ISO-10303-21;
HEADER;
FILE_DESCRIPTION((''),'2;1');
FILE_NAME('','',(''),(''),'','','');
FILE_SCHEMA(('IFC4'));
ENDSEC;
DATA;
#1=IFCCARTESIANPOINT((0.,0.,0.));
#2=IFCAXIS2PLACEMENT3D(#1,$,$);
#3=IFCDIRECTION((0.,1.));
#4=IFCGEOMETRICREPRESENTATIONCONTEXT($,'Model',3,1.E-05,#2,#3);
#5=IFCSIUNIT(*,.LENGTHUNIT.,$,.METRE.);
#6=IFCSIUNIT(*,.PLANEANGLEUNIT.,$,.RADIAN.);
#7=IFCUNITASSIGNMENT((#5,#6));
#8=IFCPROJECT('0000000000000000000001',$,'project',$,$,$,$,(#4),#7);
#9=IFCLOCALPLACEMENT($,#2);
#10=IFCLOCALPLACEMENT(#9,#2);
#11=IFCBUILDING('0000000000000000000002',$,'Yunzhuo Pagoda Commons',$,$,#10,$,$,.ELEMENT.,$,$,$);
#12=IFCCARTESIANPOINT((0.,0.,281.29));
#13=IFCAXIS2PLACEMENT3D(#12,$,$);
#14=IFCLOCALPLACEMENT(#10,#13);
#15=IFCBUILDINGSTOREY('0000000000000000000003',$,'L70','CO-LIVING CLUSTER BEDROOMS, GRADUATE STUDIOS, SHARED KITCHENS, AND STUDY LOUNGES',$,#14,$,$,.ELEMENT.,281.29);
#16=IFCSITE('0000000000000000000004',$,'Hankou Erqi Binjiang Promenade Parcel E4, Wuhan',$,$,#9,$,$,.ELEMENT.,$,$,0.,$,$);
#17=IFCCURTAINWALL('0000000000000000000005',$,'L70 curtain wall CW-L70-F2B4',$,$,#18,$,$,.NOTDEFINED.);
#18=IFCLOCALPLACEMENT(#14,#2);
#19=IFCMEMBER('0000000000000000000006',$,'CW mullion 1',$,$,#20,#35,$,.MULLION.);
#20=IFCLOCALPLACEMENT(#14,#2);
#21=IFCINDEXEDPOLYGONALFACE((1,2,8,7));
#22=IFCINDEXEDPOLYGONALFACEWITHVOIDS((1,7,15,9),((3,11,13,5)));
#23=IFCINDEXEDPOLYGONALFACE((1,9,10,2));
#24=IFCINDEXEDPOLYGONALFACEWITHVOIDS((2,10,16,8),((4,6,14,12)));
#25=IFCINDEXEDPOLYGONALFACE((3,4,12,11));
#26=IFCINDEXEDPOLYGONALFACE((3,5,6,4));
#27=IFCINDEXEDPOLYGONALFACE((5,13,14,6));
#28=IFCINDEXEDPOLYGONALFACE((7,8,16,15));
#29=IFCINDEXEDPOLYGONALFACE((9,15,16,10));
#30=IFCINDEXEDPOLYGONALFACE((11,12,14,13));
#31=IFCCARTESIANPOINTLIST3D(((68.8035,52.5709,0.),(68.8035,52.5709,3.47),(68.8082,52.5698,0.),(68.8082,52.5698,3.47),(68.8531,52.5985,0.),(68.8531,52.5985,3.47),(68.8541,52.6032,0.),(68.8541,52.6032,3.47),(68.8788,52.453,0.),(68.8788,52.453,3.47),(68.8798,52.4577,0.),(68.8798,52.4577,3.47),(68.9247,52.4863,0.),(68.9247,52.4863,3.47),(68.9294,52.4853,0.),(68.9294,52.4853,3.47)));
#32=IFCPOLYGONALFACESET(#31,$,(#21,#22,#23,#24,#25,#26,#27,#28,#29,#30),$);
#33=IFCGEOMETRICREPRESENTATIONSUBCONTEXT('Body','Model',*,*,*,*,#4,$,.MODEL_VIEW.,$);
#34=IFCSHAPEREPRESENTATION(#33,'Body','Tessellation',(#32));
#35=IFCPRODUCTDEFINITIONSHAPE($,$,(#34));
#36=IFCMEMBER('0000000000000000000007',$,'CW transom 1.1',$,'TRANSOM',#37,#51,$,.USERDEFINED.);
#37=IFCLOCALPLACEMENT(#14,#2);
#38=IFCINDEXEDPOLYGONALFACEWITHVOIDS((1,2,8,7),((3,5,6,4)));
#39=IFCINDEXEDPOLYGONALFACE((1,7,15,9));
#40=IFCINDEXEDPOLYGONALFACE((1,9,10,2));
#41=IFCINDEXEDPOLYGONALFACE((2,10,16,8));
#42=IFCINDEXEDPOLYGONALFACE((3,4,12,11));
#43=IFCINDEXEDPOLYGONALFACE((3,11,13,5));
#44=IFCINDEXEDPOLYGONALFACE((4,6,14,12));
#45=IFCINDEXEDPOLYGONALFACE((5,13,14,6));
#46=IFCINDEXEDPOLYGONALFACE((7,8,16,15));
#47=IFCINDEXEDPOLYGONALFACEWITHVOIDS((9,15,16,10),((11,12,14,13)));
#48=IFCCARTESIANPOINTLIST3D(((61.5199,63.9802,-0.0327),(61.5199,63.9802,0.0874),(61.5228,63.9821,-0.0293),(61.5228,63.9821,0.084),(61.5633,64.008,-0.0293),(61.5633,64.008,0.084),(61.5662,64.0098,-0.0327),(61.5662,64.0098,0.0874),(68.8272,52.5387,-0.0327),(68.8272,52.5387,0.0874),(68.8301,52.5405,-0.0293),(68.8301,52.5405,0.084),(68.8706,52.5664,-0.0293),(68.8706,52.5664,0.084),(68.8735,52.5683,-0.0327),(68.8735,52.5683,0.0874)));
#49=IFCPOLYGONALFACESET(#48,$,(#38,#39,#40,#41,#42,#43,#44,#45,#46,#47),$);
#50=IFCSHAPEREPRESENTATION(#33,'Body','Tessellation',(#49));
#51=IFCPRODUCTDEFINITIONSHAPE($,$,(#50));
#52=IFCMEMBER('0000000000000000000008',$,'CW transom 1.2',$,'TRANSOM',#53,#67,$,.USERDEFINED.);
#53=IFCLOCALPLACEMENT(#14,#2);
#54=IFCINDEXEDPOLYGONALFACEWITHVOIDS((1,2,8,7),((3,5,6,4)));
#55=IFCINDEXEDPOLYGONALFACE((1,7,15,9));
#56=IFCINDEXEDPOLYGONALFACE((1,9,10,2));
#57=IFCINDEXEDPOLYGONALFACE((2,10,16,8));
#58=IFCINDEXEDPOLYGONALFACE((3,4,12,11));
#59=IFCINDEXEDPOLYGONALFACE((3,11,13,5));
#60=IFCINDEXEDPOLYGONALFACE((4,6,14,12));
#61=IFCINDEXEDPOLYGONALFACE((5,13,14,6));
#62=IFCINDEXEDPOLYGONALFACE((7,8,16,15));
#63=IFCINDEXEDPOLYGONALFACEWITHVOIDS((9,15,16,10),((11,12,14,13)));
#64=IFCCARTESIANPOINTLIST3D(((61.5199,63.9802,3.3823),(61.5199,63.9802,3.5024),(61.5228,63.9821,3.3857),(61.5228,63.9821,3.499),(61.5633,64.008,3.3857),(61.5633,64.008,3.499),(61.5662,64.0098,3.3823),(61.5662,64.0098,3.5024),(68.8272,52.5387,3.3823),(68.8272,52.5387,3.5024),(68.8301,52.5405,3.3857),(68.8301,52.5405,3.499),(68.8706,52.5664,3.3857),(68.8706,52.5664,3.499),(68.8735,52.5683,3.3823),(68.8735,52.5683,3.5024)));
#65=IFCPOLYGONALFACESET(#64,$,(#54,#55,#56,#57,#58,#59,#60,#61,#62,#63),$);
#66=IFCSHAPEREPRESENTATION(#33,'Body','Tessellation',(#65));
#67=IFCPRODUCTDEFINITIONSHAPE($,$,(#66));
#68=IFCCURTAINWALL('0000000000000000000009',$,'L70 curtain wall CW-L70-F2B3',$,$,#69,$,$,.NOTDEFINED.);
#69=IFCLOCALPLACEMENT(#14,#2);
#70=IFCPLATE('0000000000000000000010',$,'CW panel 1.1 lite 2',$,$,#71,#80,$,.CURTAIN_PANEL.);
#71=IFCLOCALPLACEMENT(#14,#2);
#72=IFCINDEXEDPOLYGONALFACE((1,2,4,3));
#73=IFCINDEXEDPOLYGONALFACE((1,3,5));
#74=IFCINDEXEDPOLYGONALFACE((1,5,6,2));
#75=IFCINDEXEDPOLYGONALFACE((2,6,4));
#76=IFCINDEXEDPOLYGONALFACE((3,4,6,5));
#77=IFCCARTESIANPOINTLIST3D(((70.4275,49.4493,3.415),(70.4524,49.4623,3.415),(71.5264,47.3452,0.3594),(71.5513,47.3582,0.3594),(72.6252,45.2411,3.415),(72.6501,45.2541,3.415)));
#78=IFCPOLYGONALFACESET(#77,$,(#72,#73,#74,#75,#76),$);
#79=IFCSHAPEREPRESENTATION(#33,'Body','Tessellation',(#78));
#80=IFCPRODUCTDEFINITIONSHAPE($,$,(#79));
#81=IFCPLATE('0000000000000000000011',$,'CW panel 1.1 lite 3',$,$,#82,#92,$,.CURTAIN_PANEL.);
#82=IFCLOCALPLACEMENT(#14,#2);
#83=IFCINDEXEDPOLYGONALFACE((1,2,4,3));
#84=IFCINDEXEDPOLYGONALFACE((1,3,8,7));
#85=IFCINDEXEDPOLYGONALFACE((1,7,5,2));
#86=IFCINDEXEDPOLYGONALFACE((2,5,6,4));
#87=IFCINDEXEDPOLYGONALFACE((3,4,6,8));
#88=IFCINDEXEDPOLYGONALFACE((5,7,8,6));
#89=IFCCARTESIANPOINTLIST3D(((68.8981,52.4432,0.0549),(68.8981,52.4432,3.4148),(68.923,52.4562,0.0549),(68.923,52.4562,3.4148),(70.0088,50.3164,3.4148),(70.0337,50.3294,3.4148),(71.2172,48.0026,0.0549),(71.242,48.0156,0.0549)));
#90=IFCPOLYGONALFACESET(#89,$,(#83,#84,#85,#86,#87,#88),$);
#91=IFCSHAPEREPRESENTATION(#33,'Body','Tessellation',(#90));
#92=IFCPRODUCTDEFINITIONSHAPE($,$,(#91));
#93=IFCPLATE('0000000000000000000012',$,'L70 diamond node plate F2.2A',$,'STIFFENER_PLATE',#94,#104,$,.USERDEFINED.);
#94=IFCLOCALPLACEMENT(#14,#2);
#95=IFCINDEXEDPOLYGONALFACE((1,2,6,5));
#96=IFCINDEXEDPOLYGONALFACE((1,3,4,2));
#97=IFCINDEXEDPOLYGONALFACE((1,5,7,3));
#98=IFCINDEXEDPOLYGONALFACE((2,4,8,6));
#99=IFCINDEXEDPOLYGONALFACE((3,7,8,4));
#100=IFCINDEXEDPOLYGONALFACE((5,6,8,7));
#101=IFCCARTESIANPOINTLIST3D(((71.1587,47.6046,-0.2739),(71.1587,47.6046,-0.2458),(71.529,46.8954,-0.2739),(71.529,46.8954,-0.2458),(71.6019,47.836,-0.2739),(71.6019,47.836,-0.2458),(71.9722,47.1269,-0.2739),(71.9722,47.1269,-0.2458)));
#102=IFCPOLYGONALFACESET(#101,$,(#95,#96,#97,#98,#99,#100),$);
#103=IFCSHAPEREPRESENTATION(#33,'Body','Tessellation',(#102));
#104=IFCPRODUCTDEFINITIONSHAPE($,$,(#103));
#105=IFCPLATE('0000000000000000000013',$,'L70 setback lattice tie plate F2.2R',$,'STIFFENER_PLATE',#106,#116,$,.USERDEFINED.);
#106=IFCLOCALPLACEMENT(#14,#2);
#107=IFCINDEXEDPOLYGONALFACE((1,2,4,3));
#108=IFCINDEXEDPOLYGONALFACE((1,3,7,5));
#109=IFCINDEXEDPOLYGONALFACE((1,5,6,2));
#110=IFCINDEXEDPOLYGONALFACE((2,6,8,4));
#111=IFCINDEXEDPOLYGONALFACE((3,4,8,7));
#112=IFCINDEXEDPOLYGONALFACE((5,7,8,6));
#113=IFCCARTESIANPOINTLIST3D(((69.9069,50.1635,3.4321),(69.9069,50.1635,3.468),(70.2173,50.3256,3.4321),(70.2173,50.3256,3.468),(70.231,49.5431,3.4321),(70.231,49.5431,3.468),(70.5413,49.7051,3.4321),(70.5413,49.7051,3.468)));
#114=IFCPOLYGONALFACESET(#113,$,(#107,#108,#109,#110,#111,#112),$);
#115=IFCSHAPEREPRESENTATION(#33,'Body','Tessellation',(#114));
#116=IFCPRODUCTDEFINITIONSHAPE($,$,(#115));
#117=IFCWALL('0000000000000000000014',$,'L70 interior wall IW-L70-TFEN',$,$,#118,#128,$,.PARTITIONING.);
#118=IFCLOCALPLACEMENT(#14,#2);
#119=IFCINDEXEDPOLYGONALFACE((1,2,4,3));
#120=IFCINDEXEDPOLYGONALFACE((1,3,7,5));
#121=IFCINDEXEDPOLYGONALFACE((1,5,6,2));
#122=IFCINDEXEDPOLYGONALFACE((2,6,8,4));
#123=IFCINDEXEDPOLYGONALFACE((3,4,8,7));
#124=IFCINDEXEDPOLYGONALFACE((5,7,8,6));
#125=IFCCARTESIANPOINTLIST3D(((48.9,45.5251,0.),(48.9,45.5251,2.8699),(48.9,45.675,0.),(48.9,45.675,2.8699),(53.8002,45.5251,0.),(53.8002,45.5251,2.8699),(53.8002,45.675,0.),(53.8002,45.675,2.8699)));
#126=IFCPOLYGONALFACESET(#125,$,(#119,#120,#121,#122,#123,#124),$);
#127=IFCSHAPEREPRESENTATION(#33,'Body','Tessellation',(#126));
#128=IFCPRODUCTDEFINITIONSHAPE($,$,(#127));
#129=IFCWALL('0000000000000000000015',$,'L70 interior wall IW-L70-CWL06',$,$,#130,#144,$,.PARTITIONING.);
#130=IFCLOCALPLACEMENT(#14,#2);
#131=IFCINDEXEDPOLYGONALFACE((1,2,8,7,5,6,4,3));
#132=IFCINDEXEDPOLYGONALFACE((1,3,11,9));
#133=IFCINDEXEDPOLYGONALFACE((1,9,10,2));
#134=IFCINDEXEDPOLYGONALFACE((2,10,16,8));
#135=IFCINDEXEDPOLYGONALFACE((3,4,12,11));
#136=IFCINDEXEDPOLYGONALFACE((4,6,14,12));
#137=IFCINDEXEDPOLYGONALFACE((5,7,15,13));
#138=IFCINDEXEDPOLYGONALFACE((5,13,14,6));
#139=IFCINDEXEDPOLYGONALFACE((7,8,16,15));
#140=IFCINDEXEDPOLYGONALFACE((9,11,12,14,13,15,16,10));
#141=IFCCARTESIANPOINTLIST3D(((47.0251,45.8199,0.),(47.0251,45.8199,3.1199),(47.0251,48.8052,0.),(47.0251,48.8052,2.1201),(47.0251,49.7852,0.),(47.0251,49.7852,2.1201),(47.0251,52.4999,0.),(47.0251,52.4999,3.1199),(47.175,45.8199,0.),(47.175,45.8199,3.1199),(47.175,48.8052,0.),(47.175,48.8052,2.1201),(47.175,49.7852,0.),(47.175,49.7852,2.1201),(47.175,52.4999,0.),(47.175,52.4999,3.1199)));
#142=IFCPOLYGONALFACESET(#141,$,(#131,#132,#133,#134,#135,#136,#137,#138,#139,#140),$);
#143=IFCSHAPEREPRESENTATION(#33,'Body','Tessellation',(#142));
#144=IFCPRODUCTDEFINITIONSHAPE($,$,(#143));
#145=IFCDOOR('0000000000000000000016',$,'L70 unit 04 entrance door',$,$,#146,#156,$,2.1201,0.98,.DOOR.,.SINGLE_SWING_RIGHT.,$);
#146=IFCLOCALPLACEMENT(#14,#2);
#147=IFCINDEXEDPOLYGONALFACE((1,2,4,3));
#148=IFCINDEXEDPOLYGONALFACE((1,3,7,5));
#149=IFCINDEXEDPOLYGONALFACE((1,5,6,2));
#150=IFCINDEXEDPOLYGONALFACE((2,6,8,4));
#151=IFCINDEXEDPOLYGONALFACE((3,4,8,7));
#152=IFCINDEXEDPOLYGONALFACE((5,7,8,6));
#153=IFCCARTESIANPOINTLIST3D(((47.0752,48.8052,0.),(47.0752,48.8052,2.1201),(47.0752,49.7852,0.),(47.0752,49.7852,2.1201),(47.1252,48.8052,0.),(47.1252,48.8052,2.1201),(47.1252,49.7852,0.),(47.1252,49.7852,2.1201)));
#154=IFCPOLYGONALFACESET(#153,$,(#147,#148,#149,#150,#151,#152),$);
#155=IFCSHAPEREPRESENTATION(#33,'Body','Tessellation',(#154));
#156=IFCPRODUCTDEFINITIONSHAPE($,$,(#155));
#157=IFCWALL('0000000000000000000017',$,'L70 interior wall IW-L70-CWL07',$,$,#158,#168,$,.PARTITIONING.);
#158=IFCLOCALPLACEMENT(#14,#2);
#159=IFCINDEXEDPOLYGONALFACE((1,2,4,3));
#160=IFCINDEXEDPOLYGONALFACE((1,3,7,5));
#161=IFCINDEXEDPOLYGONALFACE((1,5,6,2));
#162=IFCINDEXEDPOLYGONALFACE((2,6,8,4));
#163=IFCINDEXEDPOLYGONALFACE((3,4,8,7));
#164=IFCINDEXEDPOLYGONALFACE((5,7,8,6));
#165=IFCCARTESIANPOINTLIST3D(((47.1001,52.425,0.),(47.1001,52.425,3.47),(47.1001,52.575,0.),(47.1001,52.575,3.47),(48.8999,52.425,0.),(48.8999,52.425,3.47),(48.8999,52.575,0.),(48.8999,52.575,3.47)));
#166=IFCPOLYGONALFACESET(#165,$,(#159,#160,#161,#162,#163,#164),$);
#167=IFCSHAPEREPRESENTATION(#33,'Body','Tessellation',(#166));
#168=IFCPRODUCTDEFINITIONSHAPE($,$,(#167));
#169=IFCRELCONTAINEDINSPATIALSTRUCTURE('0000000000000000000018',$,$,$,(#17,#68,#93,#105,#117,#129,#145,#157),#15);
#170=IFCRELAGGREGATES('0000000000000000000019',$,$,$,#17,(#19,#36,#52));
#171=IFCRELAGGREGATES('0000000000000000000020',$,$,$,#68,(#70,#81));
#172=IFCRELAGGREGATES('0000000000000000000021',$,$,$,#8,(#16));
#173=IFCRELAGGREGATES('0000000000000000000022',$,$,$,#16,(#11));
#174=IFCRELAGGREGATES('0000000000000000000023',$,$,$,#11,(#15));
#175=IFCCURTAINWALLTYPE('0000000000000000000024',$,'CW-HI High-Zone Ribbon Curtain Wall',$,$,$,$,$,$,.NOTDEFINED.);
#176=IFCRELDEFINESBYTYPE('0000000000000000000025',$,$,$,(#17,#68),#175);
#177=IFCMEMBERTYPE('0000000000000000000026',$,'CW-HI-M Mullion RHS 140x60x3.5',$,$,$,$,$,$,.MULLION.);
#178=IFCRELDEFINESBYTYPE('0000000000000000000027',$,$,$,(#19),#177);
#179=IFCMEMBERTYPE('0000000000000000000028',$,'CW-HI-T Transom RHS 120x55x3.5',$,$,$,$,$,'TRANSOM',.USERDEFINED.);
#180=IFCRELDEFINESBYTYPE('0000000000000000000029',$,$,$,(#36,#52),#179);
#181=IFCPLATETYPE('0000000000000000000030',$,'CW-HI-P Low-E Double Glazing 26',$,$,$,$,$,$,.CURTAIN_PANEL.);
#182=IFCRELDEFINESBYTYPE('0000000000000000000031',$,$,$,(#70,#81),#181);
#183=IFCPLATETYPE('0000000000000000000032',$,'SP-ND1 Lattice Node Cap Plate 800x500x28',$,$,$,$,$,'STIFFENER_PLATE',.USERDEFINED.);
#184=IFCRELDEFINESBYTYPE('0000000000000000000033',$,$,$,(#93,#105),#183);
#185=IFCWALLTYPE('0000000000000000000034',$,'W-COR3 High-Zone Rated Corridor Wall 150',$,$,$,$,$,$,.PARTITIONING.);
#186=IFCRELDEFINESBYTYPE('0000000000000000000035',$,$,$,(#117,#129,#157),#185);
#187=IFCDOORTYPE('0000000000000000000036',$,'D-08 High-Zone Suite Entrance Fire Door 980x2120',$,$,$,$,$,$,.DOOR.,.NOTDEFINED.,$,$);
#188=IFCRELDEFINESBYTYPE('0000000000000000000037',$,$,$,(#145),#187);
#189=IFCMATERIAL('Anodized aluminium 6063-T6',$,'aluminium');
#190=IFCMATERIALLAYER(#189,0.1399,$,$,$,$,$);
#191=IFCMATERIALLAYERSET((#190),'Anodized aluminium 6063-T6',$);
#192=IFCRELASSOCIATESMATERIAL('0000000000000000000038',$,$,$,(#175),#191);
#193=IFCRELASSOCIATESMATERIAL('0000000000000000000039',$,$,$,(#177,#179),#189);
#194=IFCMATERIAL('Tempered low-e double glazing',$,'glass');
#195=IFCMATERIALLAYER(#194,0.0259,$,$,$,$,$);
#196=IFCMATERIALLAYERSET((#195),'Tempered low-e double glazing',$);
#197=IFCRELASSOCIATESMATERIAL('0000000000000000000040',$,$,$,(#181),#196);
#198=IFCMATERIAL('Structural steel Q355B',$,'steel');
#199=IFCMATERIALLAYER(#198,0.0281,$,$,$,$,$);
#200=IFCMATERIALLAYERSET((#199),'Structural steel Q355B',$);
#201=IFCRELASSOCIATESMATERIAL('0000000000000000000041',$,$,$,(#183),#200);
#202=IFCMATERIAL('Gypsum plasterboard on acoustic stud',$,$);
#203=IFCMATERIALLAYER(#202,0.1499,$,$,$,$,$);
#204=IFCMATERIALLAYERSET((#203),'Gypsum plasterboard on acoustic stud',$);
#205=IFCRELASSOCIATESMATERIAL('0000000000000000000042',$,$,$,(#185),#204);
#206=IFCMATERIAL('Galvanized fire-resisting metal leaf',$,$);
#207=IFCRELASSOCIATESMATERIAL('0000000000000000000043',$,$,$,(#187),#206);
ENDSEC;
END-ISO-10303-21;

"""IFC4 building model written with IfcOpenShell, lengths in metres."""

from ifc_helpers import new_model, si_unit, direction, frame, frame_2d, origin, origin_with_axes, origin_2d, place, context, subcontext, project, spatial, polyline, rectangle, hollow_rectangle, outline, extrude, source, transform, mapped, material, layer, layer_set, material_profile, profile_set, type_object, element, fill, aggregate, save


model = new_model("IFC4")

# Units and contexts
model_context = context("Model", 3, precision=1e-05, world=origin(), true_north=direction((0.0, 1.0)))
body_context = subcontext(model_context, "Body", "Model", "MODEL_VIEW")
ifc_project = project(units=[si_unit("LENGTHUNIT", "METRE"), si_unit("PLANEANGLEUNIT", "RADIAN")], contexts=[model_context])

# Site, building, storey
site_placement = place(None, origin())
site = spatial("IfcSite", under=ifc_project, at=site_placement, Name="Hankou Erqi Binjiang Promenade Parcel E4, Wuhan", CompositionType="ELEMENT", RefElevation=0.0)
building_placement = place(site_placement, origin())
building = spatial("IfcBuilding", under=site, at=building_placement, Name="Yunzhuo Pagoda Commons", CompositionType="ELEMENT")
storey_placement = place(building_placement, frame((0.0, 0.0, 281.29)))
storey = spatial("IfcBuildingStorey", under=building, at=storey_placement, Name="L70", Description="CO-LIVING CLUSTER BEDROOMS, GRADUATE STUDIOS, SHARED KITCHENS, AND STUDY LOUNGES", CompositionType="ELEMENT", Elevation=281.29)

# Shared definitions
ifc_material_1 = material(Name="Structural steel Q355B", Category="steel")

# Curtain wall, members
ifc_material_2 = material(Name="Anodized aluminium 6063-T6", Category="aluminium")
ifc_layer_1 = layer(ifc_material_2, 0.1399)
ifc_layer_set_1 = layer_set([ifc_layer_1], Name="Anodized aluminium 6063-T6")
curtain_wall_type = type_object("IfcCurtainWallType", Name="CW-HI High-Zone Ribbon Curtain Wall", PredefinedType="NOTDEFINED", material=ifc_layer_set_1)
curtain_wall_1_placement = place(storey_placement, origin())
curtain_wall_1 = element("IfcCurtainWall", 1, at=curtain_wall_1_placement, inside=storey, type_object=curtain_wall_type, Name="L70 curtain wall CW-L70-F2B4", PredefinedType="NOTDEFINED")
ifc_material_profile_1 = material_profile(ifc_material_2, hollow_rectangle(XDim=0.0601, YDim=0.1399, WallThickness=0.0034, at=origin_2d()), Name="Anodized aluminium 6063-T6")
ifc_profile_set_1 = profile_set([ifc_material_profile_1], Name="Anodized aluminium 6063-T6")
member_type_1 = type_object("IfcMemberType", Name="CW-HI-M Mullion RHS 140x60x3.5", PredefinedType="MULLION", material=ifc_profile_set_1)
shared_shape_1 = source(origin(), body_context, "Body", "SweptSolid", [
    extrude(hollow_rectangle(XDim=0.0601, YDim=0.1399, WallThickness=0.0034, at=origin_2d()), origin(), (0.0, 0.0, 1.0), 3.47),
])
member_1_placement = place(storey_placement, frame((68.8665, 52.5281, 0.0), z_axis=(0.0, 0.0, 1.0), x_axis=(-0.842779, -0.53826, 0.0)))
member_1 = element("IfcMember", 2, at=member_1_placement, type_object=member_type_1, Name="CW mullion 1", PredefinedType="MULLION", context=body_context, shape_type="MappedRepresentation", body=[
    mapped(shared_shape_1, transform((0.0, 0.0, 0.0), scale=1.0)),
])
ifc_material_profile_2 = material_profile(ifc_material_2, hollow_rectangle(XDim=0.0549, YDim=0.1201, WallThickness=0.0034, at=origin_2d()), Name="Anodized aluminium 6063-T6")
ifc_profile_set_2 = profile_set([ifc_material_profile_2], Name="Anodized aluminium 6063-T6")
member_type_2 = type_object("IfcMemberType", Name="CW-HI-T Transom RHS 120x55x3.5", ElementType="TRANSOM", PredefinedType="USERDEFINED", material=ifc_profile_set_2)
shared_shape_2 = source(origin(), body_context, "Body", "SweptSolid", [
    extrude(hollow_rectangle(XDim=0.0549, YDim=0.1201, WallThickness=0.0034, at=origin_2d()), origin(), (0.0, 0.0, 1.0), 13.5759),
])
member_2_placement = place(storey_placement, frame((68.8503, 52.5535, 0.0273), z_axis=(-0.538255, 0.842782, 0.0), x_axis=(-0.842782, -0.538255, 0.0)))
member_2 = element("IfcMember", 3, at=member_2_placement, type_object=member_type_2, Name="CW transom 1.1", ObjectType="TRANSOM", PredefinedType="USERDEFINED", context=body_context, shape_type="MappedRepresentation", body=[
    mapped(shared_shape_2, transform((0.0, 0.0, 0.0), scale=1.0)),
])
member_3_placement = place(storey_placement, frame((68.8503, 52.5535, 3.4424), z_axis=(-0.538255, 0.842782, 0.0), x_axis=(-0.842782, -0.538255, 0.0)))
member_3 = element("IfcMember", 4, at=member_3_placement, type_object=member_type_2, Name="CW transom 1.2", ObjectType="TRANSOM", PredefinedType="USERDEFINED", context=body_context, shape_type="MappedRepresentation", body=[
    mapped(shared_shape_2, transform((0.0, 0.0, 0.0), scale=1.0)),
])
aggregate(curtain_wall_1, [member_1, member_2, member_3])

# Curtain wall, plates
curtain_wall_2_placement = place(storey_placement, origin())
curtain_wall_2 = element("IfcCurtainWall", 5, at=curtain_wall_2_placement, inside=storey, type_object=curtain_wall_type, Name="L70 curtain wall CW-L70-F2B3", PredefinedType="NOTDEFINED")
ifc_material_3 = material(Name="Tempered low-e double glazing", Category="glass")
ifc_layer_2 = layer(ifc_material_3, 0.0259)
ifc_layer_set_2 = layer_set([ifc_layer_2], Name="Tempered low-e double glazing")
plate_type_1 = type_object("IfcPlateType", Name="CW-HI-P Low-E Double Glazing 26", PredefinedType="CURTAIN_PANEL", material=ifc_layer_set_2)
plate_1_placement = place(storey_placement, frame((71.5264, 47.3452, 1.8872), z_axis=(0.886404, 0.462912, 0.0), x_axis=(-0.462912, 0.886404, 0.0)))
plate_1 = element("IfcPlate", 6, at=plate_1_placement, type_object=plate_type_1, Name="CW panel 1.1 lite 2", PredefinedType="CURTAIN_PANEL", context=body_context, shape_type="SweptSolid", body=[
    extrude(outline(polyline([(-2.3738, 1.5278), (0.0, -1.5278), (2.3738, 1.5278), (-2.3738, 1.5278)])), origin(), (0.0, 0.0, 1.0), 0.0281),
])
plate_2_placement = place(storey_placement, frame((70.0576, 50.2229, 1.7349), z_axis=(0.886404, 0.462912, 0.0), x_axis=(-0.462912, 0.886404, 0.0)))
plate_2 = element("IfcPlate", 7, at=plate_2_placement, type_object=plate_type_1, Name="CW panel 1.1 lite 3", PredefinedType="CURTAIN_PANEL", context=body_context, shape_type="SweptSolid", body=[
    extrude(outline(polyline([(-2.5049, -1.6799), (2.5049, -1.6799), (2.5049, 1.6799), (0.1055, 1.6799), (-2.5049, -1.6799)])), origin(), (0.0, 0.0, 1.0), 0.0281),
])
aggregate(curtain_wall_2, [plate_1, plate_2])

# Plates
ifc_layer_3 = layer(ifc_material_1, 0.0281)
ifc_layer_set_3 = layer_set([ifc_layer_3], Name="Structural steel Q355B")
plate_type_2 = type_object("IfcPlateType", Name="SP-ND1 Lattice Node Cap Plate 800x500x28", ElementType="STIFFENER_PLATE", PredefinedType="USERDEFINED", material=ifc_layer_set_3)
shared_shape_3 = source(origin(), body_context, "Body", "SweptSolid", [
    extrude(rectangle(XDim=0.8, YDim=0.5, at=origin_2d()), origin(), (0.0, 0.0, 1.0), 0.0281),
])
plate_3_placement = place(storey_placement, frame((71.5654, 47.3657, -0.2739), z_axis=(0.0, 0.0, 1.0), x_axis=(-0.462909, 0.886406, 0.0)))
element("IfcPlate", 8, at=plate_3_placement, inside=storey, type_object=plate_type_2, Name="L70 diamond node plate F2.2A", ObjectType="STIFFENER_PLATE", PredefinedType="USERDEFINED", context=body_context, shape_type="MappedRepresentation", body=[
    mapped(shared_shape_3, transform((0.0, 0.0, 0.0), scale=1.0)),
])
shared_shape_4 = source(origin(), body_context, "Body", "SweptSolid", [
    extrude(rectangle(XDim=0.7, YDim=0.3501, at=origin_2d()), origin(), (0.0, 0.0, 1.0), 0.0359),
])
plate_4_placement = place(storey_placement, frame((70.2241, 49.9343, 3.4321), z_axis=(0.0, 0.0, 1.0), x_axis=(-0.462909, 0.886406, 0.0)))
element("IfcPlate", 9, at=plate_4_placement, inside=storey, type_object=plate_type_2, Name="L70 setback lattice tie plate F2.2R", ObjectType="STIFFENER_PLATE", PredefinedType="USERDEFINED", context=body_context, shape_type="MappedRepresentation", body=[
    mapped(shared_shape_4, transform((0.0, 0.0, 0.0), scale=1.0)),
])

# Wall
ifc_material_4 = material(Name="Gypsum plasterboard on acoustic stud")
ifc_layer_4 = layer(ifc_material_4, 0.1499)
ifc_layer_set_4 = layer_set([ifc_layer_4], Name="Gypsum plasterboard on acoustic stud")
wall_type_1 = type_object("IfcWallType", Name="W-COR3 High-Zone Rated Corridor Wall 150", PredefinedType="PARTITIONING", material=ifc_layer_set_4)
wall_1_placement = place(storey_placement, frame((48.8999, 45.6001, 0.0), z_axis=(0.0, 0.0, 1.0), x_axis=(1.0, 0.0, 0.0)))
element("IfcWall", 10, at=wall_1_placement, inside=storey, type_object=wall_type_1, Name="L70 interior wall IW-L70-TFEN", PredefinedType="PARTITIONING", context=body_context, shape_type="SweptSolid", body=[
    extrude(rectangle(XDim=4.9001, YDim=0.1499, at=frame_2d((2.4502, 0.0))), origin(), (0.0, 0.0, 1.0), 2.8699),
])

# Wall, opening, door
wall_2_placement = place(storey_placement, frame((47.1001, 45.8201, 0.0), z_axis=(0.0, 0.0, 1.0), x_axis=(0.0, 1.0, 0.0)))
wall_2 = element("IfcWall", 11, at=wall_2_placement, inside=storey, type_object=wall_type_1, Name="L70 interior wall IW-L70-CWL06", PredefinedType="PARTITIONING", context=body_context, shape_type="SweptSolid", body=[
    extrude(rectangle(XDim=6.6799, YDim=0.1499, at=frame_2d((3.3398, 0.0))), origin(), (0.0, 0.0, 1.0), 3.1199),
])
opening_placement = place(wall_2_placement, frame((2.9851, 0.0, 0.0)))
opening = element("IfcOpeningElement", 12, at=opening_placement, cuts=wall_2, PredefinedType="OPENING", context=body_context, shape_type="SweptSolid", body=[
    extrude(rectangle(XDim=0.98, YDim=2.1201, at=frame_2d((0.49, 1.0601))), frame((0.0, 0.085, 0.0), z_axis=(0.0, -1.0, 0.0), x_axis=(1.0, 0.0, 0.0)), (0.0, 0.0, 1.0), 0.1699),
])
ifc_material_5 = material(Name="Galvanized fire-resisting metal leaf")
door_type = type_object("IfcDoorType", Name="D-08 High-Zone Suite Entrance Fire Door 980x2120", OperationType="NOTDEFINED", PredefinedType="DOOR", material=ifc_material_5)
shared_shape_5 = source(origin(), body_context, "Body", "SweptSolid", [
    extrude(rectangle(XDim=0.98, YDim=2.1201, at=frame_2d((0.49, 1.0601))), frame((0.0, 0.0249, 0.0), z_axis=(0.0, -1.0, 0.0), x_axis=(1.0, 0.0, 0.0)), (0.0, 0.0, 1.0), 0.05),
])
door_placement = place(opening_placement, origin_with_axes())
door = element("IfcDoor", 13, at=door_placement, inside=storey, type_object=door_type, Name="L70 unit 04 entrance door", OperationType="SINGLE_SWING_RIGHT", OverallHeight=2.1201, OverallWidth=0.98, PredefinedType="DOOR", context=body_context, shape_type="MappedRepresentation", body=[
    mapped(shared_shape_5, transform((0.0, 0.0, 0.0), scale=1.0)),
])
fill(opening, door)

# Wall
wall_3_placement = place(storey_placement, frame((47.1001, 52.5, 0.0), z_axis=(0.0, 0.0, 1.0), x_axis=(1.0, 0.0, 0.0)))
element("IfcWall", 14, at=wall_3_placement, inside=storey, type_object=wall_type_1, Name="L70 interior wall IW-L70-CWL07", PredefinedType="PARTITIONING", context=body_context, shape_type="SweptSolid", body=[
    extrude(rectangle(XDim=1.7998, YDim=0.1499, at=frame_2d((0.8999, 0.0))), origin(), (0.0, 0.0, 1.0), 3.47),
])

save(model, "model.ifc")
